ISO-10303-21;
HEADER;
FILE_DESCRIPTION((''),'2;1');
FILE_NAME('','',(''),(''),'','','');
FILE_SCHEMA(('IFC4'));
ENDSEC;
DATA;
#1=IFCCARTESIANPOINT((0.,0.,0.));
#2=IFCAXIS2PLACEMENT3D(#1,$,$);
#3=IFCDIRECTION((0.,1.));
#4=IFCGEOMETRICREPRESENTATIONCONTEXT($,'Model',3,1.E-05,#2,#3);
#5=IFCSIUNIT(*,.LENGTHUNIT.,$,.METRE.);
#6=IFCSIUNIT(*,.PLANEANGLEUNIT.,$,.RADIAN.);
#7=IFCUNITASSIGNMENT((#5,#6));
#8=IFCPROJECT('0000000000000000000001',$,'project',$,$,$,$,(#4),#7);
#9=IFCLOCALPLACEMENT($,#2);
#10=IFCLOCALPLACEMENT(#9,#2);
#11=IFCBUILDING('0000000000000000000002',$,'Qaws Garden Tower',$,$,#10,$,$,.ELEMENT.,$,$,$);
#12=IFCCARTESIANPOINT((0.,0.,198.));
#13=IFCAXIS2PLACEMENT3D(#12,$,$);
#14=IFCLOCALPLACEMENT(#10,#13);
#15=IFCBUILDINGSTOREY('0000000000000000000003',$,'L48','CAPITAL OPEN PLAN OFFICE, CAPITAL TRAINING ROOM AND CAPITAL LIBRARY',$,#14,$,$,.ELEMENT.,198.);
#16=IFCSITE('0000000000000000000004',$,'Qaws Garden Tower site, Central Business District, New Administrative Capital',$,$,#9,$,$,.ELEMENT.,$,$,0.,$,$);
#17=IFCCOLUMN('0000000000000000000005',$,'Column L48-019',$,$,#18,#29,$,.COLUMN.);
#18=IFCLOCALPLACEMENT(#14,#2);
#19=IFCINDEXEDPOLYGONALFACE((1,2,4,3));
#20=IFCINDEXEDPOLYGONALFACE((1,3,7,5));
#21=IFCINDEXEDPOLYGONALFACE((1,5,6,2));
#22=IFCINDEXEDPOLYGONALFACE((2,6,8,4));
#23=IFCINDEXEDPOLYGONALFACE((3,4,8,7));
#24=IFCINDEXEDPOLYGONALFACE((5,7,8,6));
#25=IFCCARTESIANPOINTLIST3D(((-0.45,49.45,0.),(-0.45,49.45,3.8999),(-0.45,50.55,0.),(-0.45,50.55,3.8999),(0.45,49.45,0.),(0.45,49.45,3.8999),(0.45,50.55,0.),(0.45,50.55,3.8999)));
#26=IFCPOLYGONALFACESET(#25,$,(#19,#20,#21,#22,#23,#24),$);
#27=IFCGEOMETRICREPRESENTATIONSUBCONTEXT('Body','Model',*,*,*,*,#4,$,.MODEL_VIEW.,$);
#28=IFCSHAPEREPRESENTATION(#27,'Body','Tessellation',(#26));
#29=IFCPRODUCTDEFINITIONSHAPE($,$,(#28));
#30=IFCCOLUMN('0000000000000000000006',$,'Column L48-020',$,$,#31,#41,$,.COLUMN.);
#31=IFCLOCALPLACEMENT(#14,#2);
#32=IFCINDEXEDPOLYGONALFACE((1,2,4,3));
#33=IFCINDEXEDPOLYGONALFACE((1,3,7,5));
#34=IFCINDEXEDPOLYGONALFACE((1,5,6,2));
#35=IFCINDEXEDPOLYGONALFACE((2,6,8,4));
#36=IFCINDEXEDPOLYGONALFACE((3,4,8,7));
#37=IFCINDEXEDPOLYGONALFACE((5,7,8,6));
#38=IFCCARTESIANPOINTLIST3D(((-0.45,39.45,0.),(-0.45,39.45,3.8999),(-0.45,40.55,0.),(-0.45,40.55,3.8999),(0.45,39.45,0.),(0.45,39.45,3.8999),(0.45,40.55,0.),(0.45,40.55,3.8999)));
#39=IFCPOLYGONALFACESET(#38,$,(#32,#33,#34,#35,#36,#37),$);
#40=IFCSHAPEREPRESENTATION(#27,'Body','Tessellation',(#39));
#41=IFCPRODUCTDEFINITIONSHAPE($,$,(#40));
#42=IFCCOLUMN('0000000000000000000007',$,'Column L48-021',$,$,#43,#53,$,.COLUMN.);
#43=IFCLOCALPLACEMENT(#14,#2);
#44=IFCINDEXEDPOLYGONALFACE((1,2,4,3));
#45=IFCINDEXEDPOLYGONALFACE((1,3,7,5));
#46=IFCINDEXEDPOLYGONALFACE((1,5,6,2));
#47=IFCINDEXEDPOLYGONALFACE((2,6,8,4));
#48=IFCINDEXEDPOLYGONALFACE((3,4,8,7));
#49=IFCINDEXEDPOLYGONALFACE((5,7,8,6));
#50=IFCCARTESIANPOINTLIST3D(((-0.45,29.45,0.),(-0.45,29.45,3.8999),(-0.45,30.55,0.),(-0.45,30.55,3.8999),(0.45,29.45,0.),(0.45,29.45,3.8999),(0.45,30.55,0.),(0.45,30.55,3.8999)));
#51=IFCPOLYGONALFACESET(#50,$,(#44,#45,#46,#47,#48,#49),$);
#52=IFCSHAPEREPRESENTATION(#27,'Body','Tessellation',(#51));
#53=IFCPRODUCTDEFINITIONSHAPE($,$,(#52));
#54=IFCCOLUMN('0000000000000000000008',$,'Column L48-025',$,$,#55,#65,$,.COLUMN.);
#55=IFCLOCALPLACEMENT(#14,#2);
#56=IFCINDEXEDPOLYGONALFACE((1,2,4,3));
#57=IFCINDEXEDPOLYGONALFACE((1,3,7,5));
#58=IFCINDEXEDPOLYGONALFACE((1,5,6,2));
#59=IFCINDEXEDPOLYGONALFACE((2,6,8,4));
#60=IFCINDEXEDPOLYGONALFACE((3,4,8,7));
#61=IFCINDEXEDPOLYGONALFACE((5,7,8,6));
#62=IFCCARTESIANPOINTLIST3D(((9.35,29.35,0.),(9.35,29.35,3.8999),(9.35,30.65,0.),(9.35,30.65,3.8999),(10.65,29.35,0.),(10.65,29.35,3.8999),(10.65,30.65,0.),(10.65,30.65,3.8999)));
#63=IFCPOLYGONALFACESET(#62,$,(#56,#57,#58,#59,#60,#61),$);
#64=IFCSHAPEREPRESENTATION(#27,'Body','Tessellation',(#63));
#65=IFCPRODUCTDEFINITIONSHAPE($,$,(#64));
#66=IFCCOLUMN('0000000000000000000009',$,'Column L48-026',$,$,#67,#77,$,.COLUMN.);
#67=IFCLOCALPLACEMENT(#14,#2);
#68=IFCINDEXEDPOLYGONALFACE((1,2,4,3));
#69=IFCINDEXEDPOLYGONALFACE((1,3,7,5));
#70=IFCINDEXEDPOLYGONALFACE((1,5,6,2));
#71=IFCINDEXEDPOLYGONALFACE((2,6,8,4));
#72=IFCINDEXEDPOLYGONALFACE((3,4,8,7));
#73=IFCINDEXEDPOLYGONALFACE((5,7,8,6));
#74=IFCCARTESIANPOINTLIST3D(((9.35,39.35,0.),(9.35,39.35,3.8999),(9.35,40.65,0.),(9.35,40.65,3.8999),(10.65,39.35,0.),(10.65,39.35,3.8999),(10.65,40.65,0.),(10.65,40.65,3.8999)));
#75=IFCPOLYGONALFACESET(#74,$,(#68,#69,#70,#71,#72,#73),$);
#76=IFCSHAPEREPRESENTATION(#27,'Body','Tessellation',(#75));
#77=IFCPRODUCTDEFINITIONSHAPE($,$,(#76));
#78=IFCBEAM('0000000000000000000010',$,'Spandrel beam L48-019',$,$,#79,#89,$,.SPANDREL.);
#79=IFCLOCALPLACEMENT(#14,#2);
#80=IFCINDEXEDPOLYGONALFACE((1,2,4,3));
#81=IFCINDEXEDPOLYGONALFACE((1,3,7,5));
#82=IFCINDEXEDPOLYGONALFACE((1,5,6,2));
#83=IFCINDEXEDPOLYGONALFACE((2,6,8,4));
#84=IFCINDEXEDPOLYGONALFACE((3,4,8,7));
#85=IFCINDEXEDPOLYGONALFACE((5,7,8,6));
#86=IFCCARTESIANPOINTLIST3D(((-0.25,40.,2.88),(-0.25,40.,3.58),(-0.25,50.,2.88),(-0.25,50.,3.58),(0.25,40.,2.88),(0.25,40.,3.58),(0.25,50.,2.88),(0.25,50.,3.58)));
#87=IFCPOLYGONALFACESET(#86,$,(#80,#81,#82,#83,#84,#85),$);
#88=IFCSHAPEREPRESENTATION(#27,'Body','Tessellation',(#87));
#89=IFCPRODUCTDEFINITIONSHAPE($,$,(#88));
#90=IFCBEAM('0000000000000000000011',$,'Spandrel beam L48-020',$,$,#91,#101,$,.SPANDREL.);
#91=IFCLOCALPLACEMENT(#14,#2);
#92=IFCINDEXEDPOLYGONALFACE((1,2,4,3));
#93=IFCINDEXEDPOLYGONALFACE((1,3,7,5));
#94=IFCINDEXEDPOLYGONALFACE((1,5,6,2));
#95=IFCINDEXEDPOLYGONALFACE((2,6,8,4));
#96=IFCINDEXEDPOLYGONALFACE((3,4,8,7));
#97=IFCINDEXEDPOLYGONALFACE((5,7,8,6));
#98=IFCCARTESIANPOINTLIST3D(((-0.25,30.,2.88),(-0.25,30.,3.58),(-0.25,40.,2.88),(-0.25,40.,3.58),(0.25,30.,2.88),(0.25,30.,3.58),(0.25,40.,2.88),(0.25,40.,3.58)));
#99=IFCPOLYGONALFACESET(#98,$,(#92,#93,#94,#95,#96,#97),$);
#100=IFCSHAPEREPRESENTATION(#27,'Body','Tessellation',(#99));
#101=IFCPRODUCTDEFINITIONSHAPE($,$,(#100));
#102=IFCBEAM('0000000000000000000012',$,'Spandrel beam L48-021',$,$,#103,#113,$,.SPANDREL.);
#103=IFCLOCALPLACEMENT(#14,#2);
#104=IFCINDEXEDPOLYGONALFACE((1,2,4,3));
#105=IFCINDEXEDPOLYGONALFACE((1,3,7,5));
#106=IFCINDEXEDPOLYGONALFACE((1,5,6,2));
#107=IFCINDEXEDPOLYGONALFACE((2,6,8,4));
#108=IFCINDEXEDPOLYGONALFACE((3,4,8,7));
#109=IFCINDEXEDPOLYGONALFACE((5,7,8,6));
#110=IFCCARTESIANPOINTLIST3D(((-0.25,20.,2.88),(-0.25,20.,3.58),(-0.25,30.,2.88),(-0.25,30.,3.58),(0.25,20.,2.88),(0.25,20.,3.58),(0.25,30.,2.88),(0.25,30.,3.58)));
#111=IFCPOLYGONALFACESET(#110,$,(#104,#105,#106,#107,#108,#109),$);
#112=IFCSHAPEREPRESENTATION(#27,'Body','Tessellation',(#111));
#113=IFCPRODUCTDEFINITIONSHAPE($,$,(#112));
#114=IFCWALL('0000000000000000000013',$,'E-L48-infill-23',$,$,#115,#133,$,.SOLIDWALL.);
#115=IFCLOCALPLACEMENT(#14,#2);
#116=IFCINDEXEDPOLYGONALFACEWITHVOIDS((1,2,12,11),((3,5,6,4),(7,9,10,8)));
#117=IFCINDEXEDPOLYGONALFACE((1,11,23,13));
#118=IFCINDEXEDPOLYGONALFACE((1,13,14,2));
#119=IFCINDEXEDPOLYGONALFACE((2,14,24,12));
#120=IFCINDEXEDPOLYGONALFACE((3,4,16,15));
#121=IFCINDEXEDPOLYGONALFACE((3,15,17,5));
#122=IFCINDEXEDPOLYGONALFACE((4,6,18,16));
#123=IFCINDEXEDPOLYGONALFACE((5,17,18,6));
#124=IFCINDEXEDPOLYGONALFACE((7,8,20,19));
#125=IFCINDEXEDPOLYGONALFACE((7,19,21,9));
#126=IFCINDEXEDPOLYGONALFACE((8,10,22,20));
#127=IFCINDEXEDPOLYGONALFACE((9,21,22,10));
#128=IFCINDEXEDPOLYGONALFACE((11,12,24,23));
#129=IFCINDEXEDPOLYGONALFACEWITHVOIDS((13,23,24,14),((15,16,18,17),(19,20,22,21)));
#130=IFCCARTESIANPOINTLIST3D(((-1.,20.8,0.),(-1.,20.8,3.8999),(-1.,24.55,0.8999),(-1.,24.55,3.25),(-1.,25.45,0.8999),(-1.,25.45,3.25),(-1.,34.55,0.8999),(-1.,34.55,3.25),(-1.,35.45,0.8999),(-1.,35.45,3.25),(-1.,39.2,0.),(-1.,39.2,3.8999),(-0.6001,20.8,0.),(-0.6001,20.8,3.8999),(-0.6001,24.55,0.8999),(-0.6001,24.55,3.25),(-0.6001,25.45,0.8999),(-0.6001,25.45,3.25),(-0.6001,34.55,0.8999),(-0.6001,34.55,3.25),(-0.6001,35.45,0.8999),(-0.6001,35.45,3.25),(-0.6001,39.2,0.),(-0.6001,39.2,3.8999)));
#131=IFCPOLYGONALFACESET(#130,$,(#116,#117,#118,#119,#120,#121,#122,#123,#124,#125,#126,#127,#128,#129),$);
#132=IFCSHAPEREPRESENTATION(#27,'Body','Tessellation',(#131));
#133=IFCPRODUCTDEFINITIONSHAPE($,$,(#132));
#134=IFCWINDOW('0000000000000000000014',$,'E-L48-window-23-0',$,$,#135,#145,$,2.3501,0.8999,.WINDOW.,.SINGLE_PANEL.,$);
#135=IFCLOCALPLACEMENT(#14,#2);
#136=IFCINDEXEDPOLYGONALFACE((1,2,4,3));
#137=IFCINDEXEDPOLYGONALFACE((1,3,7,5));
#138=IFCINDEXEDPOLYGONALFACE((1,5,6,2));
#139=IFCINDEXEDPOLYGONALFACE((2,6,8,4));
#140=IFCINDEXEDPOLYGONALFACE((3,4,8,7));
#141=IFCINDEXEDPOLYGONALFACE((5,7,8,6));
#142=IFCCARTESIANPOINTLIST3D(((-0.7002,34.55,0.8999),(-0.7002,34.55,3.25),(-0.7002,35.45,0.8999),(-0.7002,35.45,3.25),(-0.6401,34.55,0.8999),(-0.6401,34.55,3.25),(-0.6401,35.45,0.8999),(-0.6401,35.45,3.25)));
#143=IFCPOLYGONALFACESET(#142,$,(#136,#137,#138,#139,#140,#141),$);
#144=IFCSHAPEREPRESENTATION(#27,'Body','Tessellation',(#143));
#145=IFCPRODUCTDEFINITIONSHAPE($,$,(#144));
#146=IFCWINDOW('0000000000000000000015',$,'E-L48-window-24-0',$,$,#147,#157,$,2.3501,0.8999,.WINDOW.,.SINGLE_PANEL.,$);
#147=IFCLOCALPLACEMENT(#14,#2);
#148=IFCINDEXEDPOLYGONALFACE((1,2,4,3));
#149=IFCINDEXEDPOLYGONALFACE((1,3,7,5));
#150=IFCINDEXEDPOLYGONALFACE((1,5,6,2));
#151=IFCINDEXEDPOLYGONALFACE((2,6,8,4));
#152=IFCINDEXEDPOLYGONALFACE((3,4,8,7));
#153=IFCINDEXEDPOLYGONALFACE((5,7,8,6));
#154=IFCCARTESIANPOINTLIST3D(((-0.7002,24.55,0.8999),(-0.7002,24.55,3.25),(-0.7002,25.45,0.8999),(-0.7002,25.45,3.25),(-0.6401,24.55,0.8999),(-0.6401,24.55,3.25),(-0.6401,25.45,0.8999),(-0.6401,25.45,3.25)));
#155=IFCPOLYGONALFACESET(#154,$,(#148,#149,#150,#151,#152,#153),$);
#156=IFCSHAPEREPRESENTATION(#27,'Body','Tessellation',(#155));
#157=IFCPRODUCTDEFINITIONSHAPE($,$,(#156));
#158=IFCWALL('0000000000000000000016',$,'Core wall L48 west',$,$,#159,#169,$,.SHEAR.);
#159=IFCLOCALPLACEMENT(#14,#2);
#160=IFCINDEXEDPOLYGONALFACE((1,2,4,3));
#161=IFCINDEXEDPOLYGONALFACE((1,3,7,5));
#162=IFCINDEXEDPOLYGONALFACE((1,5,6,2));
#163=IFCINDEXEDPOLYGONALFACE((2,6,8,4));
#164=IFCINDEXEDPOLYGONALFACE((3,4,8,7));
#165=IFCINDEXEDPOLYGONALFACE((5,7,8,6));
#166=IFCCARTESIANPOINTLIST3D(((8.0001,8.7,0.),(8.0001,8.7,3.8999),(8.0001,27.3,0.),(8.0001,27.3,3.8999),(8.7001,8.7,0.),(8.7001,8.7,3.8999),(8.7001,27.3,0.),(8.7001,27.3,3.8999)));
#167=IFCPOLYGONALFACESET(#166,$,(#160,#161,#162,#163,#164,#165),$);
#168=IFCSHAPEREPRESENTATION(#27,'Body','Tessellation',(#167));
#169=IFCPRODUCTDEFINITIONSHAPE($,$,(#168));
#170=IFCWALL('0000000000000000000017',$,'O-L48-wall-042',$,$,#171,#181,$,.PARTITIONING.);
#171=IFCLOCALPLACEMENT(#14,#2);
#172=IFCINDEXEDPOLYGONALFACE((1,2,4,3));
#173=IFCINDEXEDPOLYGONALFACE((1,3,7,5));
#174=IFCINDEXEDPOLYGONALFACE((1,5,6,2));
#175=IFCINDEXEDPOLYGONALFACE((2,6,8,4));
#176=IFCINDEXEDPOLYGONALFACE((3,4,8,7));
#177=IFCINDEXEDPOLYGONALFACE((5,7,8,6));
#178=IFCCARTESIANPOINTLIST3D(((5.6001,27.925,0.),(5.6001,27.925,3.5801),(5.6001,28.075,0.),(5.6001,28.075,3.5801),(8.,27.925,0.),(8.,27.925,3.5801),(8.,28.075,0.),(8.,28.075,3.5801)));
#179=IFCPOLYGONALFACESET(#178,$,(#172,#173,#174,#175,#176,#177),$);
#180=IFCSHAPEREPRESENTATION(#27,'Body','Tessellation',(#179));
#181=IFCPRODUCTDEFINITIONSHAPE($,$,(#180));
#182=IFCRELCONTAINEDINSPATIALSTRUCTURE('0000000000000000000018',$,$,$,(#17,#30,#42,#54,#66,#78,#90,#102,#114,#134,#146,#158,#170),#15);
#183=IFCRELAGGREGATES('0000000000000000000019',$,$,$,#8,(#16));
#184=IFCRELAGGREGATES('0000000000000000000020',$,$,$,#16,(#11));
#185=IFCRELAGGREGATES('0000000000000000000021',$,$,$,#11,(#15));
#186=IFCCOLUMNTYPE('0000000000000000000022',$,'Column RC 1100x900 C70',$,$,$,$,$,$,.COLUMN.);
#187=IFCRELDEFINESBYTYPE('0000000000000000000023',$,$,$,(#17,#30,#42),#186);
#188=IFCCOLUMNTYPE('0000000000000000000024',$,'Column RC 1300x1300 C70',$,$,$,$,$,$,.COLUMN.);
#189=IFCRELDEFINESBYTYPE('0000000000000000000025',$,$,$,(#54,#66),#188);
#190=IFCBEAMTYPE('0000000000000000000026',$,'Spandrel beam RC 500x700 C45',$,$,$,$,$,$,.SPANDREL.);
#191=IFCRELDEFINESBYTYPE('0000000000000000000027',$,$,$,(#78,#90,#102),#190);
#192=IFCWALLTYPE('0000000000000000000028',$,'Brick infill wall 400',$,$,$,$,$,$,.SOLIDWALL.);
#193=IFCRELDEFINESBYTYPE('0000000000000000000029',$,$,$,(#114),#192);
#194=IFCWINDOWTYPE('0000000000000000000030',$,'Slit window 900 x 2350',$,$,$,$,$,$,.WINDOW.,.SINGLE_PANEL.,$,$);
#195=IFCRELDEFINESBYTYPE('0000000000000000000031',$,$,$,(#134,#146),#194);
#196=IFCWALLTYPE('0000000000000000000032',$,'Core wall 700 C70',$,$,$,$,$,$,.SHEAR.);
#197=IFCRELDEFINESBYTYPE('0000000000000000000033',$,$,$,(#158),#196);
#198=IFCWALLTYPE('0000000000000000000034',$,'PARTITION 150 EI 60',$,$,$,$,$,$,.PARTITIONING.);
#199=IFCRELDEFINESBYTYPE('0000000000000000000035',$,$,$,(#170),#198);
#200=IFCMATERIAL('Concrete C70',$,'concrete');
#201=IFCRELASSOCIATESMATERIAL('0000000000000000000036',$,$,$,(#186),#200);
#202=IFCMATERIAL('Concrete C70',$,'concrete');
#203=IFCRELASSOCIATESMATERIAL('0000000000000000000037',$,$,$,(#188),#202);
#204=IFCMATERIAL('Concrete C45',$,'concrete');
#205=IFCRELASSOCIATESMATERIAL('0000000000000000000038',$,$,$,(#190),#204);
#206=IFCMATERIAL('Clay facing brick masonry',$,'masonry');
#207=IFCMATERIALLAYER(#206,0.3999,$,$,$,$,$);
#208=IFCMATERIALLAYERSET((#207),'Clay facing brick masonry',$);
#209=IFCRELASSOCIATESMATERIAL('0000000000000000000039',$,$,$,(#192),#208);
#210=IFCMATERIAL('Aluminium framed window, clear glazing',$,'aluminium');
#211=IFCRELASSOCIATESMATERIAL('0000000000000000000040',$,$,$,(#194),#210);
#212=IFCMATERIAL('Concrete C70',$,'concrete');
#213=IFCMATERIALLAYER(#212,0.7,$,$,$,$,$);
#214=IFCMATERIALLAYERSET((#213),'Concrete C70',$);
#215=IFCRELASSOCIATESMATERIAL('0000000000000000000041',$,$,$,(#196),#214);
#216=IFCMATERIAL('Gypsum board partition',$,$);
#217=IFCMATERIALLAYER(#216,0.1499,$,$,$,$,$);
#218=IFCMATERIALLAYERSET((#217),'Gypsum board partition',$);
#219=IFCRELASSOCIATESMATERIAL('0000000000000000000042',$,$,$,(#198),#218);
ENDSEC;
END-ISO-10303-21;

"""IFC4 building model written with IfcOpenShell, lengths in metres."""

from ifc_helpers import new_model, si_unit, direction, frame, frame_2d, origin, origin_2d, place, context, subcontext, project, spatial, rectangle, extrude, material, layer, layer_set, material_profile, profile_set, type_object, element, fill, save


model = new_model("IFC4")

# Units and contexts
model_context = context("Model", 3, precision=1e-05, world=origin(), true_north=direction((0.0, 1.0)))
body_context = subcontext(model_context, "Body", "Model", "MODEL_VIEW")
ifc_project = project(units=[si_unit("LENGTHUNIT", "METRE"), si_unit("PLANEANGLEUNIT", "RADIAN")], contexts=[model_context])

# Site, building, storey
site_placement = place(None, origin())
site = spatial("IfcSite", under=ifc_project, at=site_placement, Name="Qaws Garden Tower site, Central Business District, New Administrative Capital", CompositionType="ELEMENT", RefElevation=0.0)
building_placement = place(site_placement, origin())
building = spatial("IfcBuilding", under=site, at=building_placement, Name="Qaws Garden Tower", CompositionType="ELEMENT")
storey_placement = place(building_placement, frame((0.0, 0.0, 198.0)))
storey = spatial("IfcBuildingStorey", under=building, at=storey_placement, Name="L48", Description="CAPITAL OPEN PLAN OFFICE, CAPITAL TRAINING ROOM AND CAPITAL LIBRARY", CompositionType="ELEMENT", Elevation=198.0)

# Columns
ifc_material_1 = material(Name="Concrete C70", Category="concrete")
ifc_material_profile_1 = material_profile(ifc_material_1, rectangle(XDim=1.1001, YDim=0.8999, at=origin_2d()), Name="RC 1100x900")
ifc_profile_set_1 = profile_set([ifc_material_profile_1], Name="Concrete C70")
column_type_1 = type_object("IfcColumnType", Name="Column RC 1100x900 C70", PredefinedType="COLUMN", material=ifc_profile_set_1)
for number, where, z_axis, x_axis, name in (
    (1, (0.0, 50.0, 0.0), (0.0, 0.0, 1.0), (0.0, 1.0, 0.0), "Column L48-019"),
    (2, (0.0, 40.0, 0.0), (0.0, 0.0, 1.0), (0.0, 1.0, 0.0), "Column L48-020"),
    (3, (0.0, 30.0, 0.0), (0.0, 0.0, 1.0), (0.0, 1.0, 0.0), "Column L48-021"),
):
    element("IfcColumn", number, at=place(storey_placement, frame(where, z_axis=z_axis, x_axis=x_axis)), inside=storey, type_object=column_type_1, Name=name, PredefinedType="COLUMN", context=body_context, shape_type="SweptSolid", body=[
        extrude(rectangle(XDim=1.1001, YDim=0.8999, at=origin_2d()), origin(), (0.0, 0.0, 1.0), 3.8999),
    ])
ifc_material_2 = material(Name="Concrete C70", Category="concrete")
ifc_material_profile_2 = material_profile(ifc_material_2, rectangle(XDim=1.3, YDim=1.3, at=origin_2d()), Name="RC 1300x1300")
ifc_profile_set_2 = profile_set([ifc_material_profile_2], Name="Concrete C70")
column_type_2 = type_object("IfcColumnType", Name="Column RC 1300x1300 C70", PredefinedType="COLUMN", material=ifc_profile_set_2)
for number, where, z_axis, x_axis, name in (
    (4, (10.0, 30.0, 0.0), (0.0, 0.0, 1.0), (1.0, 0.0, 0.0), "Column L48-025"),
    (5, (10.0, 40.0, 0.0), (0.0, 0.0, 1.0), (1.0, 0.0, 0.0), "Column L48-026"),
):
    element("IfcColumn", number, at=place(storey_placement, frame(where, z_axis=z_axis, x_axis=x_axis)), inside=storey, type_object=column_type_2, Name=name, PredefinedType="COLUMN", context=body_context, shape_type="SweptSolid", body=[
        extrude(rectangle(XDim=1.3, YDim=1.3, at=origin_2d()), origin(), (0.0, 0.0, 1.0), 3.8999),
    ])

# Beams
ifc_material_3 = material(Name="Concrete C45", Category="concrete")
ifc_material_profile_3 = material_profile(ifc_material_3, rectangle(XDim=0.5, YDim=0.7, at=origin_2d()), Name="RC 500x700")
ifc_profile_set_3 = profile_set([ifc_material_profile_3], Name="Concrete C45")
beam_type = type_object("IfcBeamType", Name="Spandrel beam RC 500x700 C45", PredefinedType="SPANDREL", material=ifc_profile_set_3)
for number, where, z_axis, x_axis, name in (
    (6, (0.0, 50.0, 3.23), (0.0, -1.0, 0.0), (1.0, 0.0, 0.0), "Spandrel beam L48-019"),
    (7, (0.0, 40.0, 3.23), (0.0, -1.0, 0.0), (1.0, 0.0, 0.0), "Spandrel beam L48-020"),
    (8, (0.0, 30.0, 3.23), (0.0, -1.0, 0.0), (1.0, 0.0, 0.0), "Spandrel beam L48-021"),
):
    element("IfcBeam", number, at=place(storey_placement, frame(where, z_axis=z_axis, x_axis=x_axis)), inside=storey, type_object=beam_type, Name=name, PredefinedType="SPANDREL", context=body_context, shape_type="SweptSolid", body=[
        extrude(rectangle(XDim=0.5, YDim=0.7, at=origin_2d()), origin(), (0.0, 0.0, 1.0), 10.0),
    ])

# Wall, openings, windows
ifc_material_4 = material(Name="Clay facing brick masonry", Category="masonry")
ifc_layer_1 = layer(ifc_material_4, 0.3999)
ifc_layer_set_1 = layer_set([ifc_layer_1], Name="Clay facing brick masonry")
wall_type_1 = type_object("IfcWallType", Name="Brick infill wall 400", PredefinedType="SOLIDWALL", material=ifc_layer_set_1)
wall_1_placement = place(storey_placement, frame((-0.8, 39.2, 0.0), z_axis=(0.0, 0.0, 1.0), x_axis=(0.0, -1.0, 0.0)))
wall_1 = element("IfcWall", 9, at=wall_1_placement, inside=storey, type_object=wall_type_1, Name="E-L48-infill-23", PredefinedType="SOLIDWALL", context=body_context, shape_type="SweptSolid", body=[
    extrude(rectangle(XDim=18.3999, YDim=0.3999, at=frame_2d((9.2, 0.0))), origin(), (0.0, 0.0, 1.0), 3.8999),
])
opening_1_placement = place(wall_1_placement, frame((3.75, 0.0, 0.8999)))
opening_1 = element("IfcOpeningElement", 10, at=opening_1_placement, cuts=wall_1, PredefinedType="OPENING", context=body_context, shape_type="SweptSolid", body=[
    extrude(rectangle(XDim=0.8999, YDim=2.3501, at=frame_2d((0.45, 1.175))), frame((0.0, 0.21, 0.0), z_axis=(0.0, -1.0, 0.0), x_axis=(1.0, 0.0, 0.0)), (0.0, 0.0, 1.0), 0.4199),
])
opening_2_placement = place(wall_1_placement, frame((13.75, 0.0, 0.8999)))
opening_2 = element("IfcOpeningElement", 11, at=opening_2_placement, cuts=wall_1, PredefinedType="OPENING", context=body_context, shape_type="SweptSolid", body=[
    extrude(rectangle(XDim=0.8999, YDim=2.3501, at=frame_2d((0.45, 1.175))), frame((0.0, 0.21, 0.0), z_axis=(0.0, -1.0, 0.0), x_axis=(1.0, 0.0, 0.0)), (0.0, 0.0, 1.0), 0.4199),
])
ifc_material_5 = material(Name="Aluminium framed window, clear glazing", Category="aluminium")
window_type = type_object("IfcWindowType", Name="Slit window 900 x 2350", PartitioningType="SINGLE_PANEL", PredefinedType="WINDOW", material=ifc_material_5)
window_1_placement = place(opening_1_placement, origin())
window_1 = element("IfcWindow", 12, at=window_1_placement, inside=storey, type_object=window_type, Name="E-L48-window-23-0", OverallHeight=2.3501, OverallWidth=0.8999, PartitioningType="SINGLE_PANEL", PredefinedType="WINDOW", context=body_context, shape_type="SweptSolid", body=[
    extrude(rectangle(XDim=0.8999, YDim=2.3501, at=frame_2d((0.45, 1.175))), frame((0.0, 0.1599, 0.0), z_axis=(0.0, -1.0, 0.0), x_axis=(1.0, 0.0, 0.0)), (0.0, 0.0, 1.0), 0.0601),
])
fill(opening_1, window_1)
window_2_placement = place(opening_2_placement, origin())
window_2 = element("IfcWindow", 13, at=window_2_placement, inside=storey, type_object=window_type, Name="E-L48-window-24-0", OverallHeight=2.3501, OverallWidth=0.8999, PartitioningType="SINGLE_PANEL", PredefinedType="WINDOW", context=body_context, shape_type="SweptSolid", body=[
    extrude(rectangle(XDim=0.8999, YDim=2.3501, at=frame_2d((0.45, 1.175))), frame((0.0, 0.1599, 0.0), z_axis=(0.0, -1.0, 0.0), x_axis=(1.0, 0.0, 0.0)), (0.0, 0.0, 1.0), 0.0601),
])
fill(opening_2, window_2)

# Walls
ifc_material_6 = material(Name="Concrete C70", Category="concrete")
ifc_layer_2 = layer(ifc_material_6, 0.7)
ifc_layer_set_2 = layer_set([ifc_layer_2], Name="Concrete C70")
wall_type_2 = type_object("IfcWallType", Name="Core wall 700 C70", PredefinedType="SHEAR", material=ifc_layer_set_2)
wall_2_placement = place(storey_placement, frame((8.3501, 27.3, 0.0), z_axis=(0.0, 0.0, 1.0), x_axis=(0.0, -1.0, 0.0)))
element("IfcWall", 14, at=wall_2_placement, inside=storey, type_object=wall_type_2, Name="Core wall L48 west", PredefinedType="SHEAR", context=body_context, shape_type="SweptSolid", body=[
    extrude(rectangle(XDim=18.6001, YDim=0.7, at=frame_2d((9.3, 0.0))), origin(), (0.0, 0.0, 1.0), 3.8999),
])
ifc_material_7 = material(Name="Gypsum board partition")
ifc_layer_3 = layer(ifc_material_7, 0.1499)
ifc_layer_set_3 = layer_set([ifc_layer_3], Name="Gypsum board partition")
wall_type_3 = type_object("IfcWallType", Name="PARTITION 150 EI 60", PredefinedType="PARTITIONING", material=ifc_layer_set_3)
wall_3_placement = place(storey_placement, frame((5.6001, 28.0, 0.0), z_axis=(0.0, 0.0, 1.0), x_axis=(1.0, 0.0, 0.0)))
element("IfcWall", 15, at=wall_3_placement, inside=storey, type_object=wall_type_3, Name="O-L48-wall-042", PredefinedType="PARTITIONING", context=body_context, shape_type="SweptSolid", body=[
    extrude(rectangle(XDim=2.3999, YDim=0.1499, at=frame_2d((1.2, 0.0))), origin(), (0.0, 0.0, 1.0), 3.5801),
])

save(model, "model.ifc")
